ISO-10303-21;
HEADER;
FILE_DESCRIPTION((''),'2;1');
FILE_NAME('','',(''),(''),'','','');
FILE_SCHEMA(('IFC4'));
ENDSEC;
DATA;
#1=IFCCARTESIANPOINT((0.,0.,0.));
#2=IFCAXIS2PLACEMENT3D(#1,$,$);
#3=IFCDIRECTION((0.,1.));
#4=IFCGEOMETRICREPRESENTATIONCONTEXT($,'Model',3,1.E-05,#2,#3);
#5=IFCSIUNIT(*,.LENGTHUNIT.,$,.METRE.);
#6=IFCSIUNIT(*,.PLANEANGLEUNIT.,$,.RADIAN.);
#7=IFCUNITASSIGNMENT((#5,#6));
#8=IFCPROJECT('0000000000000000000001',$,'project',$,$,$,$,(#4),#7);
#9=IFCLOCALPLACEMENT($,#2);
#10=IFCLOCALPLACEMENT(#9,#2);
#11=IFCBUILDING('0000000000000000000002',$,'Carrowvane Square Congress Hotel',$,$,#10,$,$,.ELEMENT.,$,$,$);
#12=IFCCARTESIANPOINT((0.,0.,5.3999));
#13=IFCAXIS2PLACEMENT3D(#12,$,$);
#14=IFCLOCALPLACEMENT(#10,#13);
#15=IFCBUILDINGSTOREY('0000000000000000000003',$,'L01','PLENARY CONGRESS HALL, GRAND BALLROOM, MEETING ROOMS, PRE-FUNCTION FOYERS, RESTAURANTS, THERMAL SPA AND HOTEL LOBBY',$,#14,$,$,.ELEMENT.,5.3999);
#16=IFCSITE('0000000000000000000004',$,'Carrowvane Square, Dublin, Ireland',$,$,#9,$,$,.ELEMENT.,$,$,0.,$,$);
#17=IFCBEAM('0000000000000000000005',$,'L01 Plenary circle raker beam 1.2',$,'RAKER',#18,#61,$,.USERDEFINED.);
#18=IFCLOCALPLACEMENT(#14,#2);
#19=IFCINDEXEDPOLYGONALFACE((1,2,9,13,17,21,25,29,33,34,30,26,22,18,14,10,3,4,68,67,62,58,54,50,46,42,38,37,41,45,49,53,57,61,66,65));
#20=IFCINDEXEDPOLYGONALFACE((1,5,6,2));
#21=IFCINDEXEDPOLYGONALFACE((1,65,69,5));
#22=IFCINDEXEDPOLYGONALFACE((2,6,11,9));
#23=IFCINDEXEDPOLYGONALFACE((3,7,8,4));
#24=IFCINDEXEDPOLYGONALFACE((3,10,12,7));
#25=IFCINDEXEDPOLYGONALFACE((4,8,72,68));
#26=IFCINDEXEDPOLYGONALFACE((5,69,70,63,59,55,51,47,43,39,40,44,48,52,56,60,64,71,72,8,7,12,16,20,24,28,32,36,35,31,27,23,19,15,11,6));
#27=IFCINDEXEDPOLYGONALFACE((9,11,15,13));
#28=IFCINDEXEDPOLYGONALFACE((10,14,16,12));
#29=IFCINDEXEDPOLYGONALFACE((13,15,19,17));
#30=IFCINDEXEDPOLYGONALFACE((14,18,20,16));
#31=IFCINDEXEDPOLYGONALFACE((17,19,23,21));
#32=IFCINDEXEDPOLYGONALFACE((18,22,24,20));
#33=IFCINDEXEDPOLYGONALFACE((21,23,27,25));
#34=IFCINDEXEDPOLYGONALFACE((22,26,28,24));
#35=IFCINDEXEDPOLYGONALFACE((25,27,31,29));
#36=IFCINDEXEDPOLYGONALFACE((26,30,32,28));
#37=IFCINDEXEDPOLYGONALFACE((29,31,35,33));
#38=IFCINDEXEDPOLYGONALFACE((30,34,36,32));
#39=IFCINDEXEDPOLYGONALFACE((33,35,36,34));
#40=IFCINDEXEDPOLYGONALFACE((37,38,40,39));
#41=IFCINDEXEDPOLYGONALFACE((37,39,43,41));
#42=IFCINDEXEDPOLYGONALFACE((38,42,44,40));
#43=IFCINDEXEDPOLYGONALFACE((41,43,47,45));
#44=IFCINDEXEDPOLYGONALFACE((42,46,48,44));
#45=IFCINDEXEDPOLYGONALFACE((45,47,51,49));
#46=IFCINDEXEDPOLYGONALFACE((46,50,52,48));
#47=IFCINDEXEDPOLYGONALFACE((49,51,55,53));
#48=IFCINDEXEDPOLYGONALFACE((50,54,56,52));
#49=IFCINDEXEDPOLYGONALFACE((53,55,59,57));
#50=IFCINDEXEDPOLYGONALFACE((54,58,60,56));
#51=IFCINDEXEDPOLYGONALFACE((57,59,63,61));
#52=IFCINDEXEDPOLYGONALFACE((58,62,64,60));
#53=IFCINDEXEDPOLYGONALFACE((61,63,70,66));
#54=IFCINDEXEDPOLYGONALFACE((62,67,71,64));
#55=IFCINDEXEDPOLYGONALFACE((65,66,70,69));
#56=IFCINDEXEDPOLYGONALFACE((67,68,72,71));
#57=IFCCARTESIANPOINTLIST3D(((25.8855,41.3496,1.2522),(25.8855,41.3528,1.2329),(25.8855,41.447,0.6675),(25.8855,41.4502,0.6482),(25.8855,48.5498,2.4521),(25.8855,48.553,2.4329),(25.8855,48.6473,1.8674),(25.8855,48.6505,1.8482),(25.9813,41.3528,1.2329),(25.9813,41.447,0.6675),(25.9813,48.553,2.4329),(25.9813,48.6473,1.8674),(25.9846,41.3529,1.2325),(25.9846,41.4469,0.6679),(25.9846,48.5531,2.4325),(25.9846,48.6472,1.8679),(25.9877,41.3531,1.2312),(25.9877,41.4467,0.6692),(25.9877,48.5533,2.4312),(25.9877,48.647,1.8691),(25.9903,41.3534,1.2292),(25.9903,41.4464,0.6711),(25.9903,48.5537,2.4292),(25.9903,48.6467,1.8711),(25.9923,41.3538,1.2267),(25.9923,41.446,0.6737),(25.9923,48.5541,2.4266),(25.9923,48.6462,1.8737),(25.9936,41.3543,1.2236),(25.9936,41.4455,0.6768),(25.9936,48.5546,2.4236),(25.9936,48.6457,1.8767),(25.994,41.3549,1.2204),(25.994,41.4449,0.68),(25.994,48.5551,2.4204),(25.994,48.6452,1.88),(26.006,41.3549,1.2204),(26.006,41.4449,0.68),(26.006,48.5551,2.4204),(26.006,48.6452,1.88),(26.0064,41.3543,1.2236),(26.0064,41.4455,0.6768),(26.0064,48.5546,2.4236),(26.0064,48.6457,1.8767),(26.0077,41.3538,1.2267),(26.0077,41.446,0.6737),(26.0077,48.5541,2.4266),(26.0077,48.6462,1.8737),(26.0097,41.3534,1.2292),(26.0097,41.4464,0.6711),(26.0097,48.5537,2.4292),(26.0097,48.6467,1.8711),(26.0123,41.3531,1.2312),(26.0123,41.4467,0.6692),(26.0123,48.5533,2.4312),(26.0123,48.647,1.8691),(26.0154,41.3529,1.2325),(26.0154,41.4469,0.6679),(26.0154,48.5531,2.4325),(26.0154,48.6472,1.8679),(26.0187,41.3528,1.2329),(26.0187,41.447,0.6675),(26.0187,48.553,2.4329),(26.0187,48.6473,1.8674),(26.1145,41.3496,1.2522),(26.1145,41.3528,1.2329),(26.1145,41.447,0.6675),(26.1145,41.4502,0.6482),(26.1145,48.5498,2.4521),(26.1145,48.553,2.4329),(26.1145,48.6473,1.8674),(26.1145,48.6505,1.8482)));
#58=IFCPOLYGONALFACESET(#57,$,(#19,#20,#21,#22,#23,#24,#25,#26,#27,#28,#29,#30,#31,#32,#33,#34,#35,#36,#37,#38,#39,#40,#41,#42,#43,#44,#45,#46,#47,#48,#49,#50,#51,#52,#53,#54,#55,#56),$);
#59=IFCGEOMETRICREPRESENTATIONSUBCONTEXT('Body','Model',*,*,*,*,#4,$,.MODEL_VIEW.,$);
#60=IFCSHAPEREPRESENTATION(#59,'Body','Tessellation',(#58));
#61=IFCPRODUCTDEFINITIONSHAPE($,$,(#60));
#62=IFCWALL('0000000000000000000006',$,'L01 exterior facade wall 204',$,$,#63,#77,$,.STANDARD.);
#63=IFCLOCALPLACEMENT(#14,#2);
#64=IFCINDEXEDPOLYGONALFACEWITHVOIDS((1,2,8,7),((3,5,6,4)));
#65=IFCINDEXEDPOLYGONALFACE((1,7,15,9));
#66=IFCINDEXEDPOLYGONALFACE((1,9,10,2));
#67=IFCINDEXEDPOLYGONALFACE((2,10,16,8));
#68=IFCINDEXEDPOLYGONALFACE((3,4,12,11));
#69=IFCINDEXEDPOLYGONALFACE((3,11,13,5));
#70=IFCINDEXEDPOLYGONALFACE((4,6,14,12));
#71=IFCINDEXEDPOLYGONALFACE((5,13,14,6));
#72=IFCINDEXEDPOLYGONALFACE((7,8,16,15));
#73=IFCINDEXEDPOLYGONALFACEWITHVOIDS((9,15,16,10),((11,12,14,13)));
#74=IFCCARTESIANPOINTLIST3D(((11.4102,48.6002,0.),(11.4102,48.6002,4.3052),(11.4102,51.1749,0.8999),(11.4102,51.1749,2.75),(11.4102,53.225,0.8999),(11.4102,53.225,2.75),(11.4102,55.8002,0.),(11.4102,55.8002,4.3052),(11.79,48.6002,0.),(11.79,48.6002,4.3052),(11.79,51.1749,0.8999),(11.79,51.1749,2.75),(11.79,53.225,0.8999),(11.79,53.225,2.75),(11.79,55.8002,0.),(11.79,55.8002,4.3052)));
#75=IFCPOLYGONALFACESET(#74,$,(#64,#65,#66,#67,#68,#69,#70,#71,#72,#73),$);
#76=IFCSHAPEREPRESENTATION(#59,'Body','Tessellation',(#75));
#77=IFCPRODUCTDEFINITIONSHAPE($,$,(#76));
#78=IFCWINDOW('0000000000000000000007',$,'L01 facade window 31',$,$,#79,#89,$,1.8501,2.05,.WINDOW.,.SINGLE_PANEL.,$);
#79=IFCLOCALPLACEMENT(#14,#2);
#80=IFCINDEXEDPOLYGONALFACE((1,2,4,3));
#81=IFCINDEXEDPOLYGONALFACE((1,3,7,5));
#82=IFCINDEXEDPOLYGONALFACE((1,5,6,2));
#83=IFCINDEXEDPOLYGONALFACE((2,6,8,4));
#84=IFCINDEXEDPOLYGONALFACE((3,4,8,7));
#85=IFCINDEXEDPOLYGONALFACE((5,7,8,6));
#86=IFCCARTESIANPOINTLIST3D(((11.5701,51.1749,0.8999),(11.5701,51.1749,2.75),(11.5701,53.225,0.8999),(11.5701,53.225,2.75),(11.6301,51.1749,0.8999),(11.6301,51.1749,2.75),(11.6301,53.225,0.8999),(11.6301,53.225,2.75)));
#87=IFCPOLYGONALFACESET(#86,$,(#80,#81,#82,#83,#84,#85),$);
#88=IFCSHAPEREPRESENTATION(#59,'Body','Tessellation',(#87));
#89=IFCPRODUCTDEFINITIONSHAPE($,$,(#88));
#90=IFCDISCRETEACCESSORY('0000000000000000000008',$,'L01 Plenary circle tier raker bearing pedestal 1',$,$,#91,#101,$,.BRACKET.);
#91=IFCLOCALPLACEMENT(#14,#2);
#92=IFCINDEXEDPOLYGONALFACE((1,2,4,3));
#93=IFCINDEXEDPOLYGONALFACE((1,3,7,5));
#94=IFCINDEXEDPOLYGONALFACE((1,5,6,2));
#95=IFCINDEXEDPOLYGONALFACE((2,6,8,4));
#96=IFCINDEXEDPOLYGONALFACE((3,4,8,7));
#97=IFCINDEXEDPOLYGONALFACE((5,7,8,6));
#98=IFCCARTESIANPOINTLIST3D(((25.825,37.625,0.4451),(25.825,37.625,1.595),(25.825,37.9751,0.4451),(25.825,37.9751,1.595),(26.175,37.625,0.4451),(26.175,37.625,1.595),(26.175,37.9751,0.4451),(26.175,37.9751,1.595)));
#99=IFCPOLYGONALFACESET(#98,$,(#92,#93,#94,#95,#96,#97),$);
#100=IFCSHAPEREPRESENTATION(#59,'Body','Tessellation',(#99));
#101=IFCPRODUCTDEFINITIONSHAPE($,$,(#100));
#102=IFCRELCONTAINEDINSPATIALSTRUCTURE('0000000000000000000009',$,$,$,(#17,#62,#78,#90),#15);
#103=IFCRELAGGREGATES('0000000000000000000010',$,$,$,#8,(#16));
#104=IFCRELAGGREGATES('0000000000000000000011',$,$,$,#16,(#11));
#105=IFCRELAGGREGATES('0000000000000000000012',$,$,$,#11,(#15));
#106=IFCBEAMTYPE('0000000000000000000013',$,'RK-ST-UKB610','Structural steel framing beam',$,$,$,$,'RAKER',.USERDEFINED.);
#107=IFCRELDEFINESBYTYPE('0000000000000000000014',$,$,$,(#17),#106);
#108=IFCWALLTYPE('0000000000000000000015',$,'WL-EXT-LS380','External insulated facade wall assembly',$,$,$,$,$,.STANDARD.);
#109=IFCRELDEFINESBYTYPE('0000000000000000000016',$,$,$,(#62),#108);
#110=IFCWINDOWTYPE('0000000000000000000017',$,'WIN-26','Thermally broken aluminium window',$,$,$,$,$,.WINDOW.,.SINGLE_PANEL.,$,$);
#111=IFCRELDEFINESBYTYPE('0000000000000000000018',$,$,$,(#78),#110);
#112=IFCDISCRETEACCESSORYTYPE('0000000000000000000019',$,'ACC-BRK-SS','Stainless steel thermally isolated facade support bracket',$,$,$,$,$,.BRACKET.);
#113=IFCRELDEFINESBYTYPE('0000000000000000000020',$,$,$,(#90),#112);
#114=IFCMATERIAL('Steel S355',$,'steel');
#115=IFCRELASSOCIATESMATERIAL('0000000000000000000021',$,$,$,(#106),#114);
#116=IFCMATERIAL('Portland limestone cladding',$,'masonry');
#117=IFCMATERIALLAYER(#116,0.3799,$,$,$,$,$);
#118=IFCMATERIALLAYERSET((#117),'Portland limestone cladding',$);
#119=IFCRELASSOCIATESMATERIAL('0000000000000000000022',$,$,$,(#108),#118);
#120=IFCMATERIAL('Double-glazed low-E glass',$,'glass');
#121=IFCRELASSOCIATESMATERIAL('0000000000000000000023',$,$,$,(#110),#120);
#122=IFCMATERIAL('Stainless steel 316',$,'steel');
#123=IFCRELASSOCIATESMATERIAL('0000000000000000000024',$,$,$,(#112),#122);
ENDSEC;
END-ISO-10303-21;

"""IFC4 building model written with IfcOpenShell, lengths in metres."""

from ifc_helpers import new_model, si_unit, direction, frame, frame_2d, origin, origin_2d, place, context, subcontext, project, spatial, rectangle, i_section, extrude, material, layer, layer_set, material_profile, profile_set, type_object, element, fill, save


model = new_model("IFC4")

# Units and contexts
model_context = context("Model", 3, precision=1e-05, world=origin(), true_north=direction((0.0, 1.0)))
body_context = subcontext(model_context, "Body", "Model", "MODEL_VIEW")
ifc_project = project(units=[si_unit("LENGTHUNIT", "METRE"), si_unit("PLANEANGLEUNIT", "RADIAN")], contexts=[model_context])

# Site, building, storey
site_placement = place(None, origin())
site = spatial("IfcSite", under=ifc_project, at=site_placement, Name="Carrowvane Square, Dublin, Ireland", CompositionType="ELEMENT", RefElevation=0.0)
building_placement = place(site_placement, origin())
building = spatial("IfcBuilding", under=site, at=building_placement, Name="Carrowvane Square Congress Hotel", CompositionType="ELEMENT")
storey_placement = place(building_placement, frame((0.0, 0.0, 5.3999)))
storey = spatial("IfcBuildingStorey", under=building, at=storey_placement, Name="L01", Description="PLENARY CONGRESS HALL, GRAND BALLROOM, MEETING ROOMS, PRE-FUNCTION FOYERS, RESTAURANTS, THERMAL SPA AND HOTEL LOBBY", CompositionType="ELEMENT", Elevation=5.3999)

# Beam
ifc_material_1 = material(Name="Steel S355", Category="steel")
ifc_material_profile_1 = material_profile(ifc_material_1, i_section(OverallWidth=0.229, OverallDepth=0.6123, WebThickness=0.012, FlangeThickness=0.0195, FilletRadius=0.0127, at=origin_2d()), Name="UKB 610x229x125")
ifc_profile_set_1 = profile_set([ifc_material_profile_1], Name="Steel S355")
beam_type_1 = type_object("IfcBeamType", Name="RK-ST-UKB610", Description="Structural steel framing beam", ElementType="RAKER", PredefinedType="USERDEFINED", material=ifc_profile_set_1)
beam_1_placement = place(storey_placement, frame((26.0, 41.3999, 0.9502), z_axis=(0.0, 0.986396, 0.164388), x_axis=(-1.0, 0.0, 0.0)))
element("IfcBeam", 1, at=beam_1_placement, inside=storey, type_object=beam_type_1, Name="L01 Plenary circle raker beam 1.2", ObjectType="RAKER", PredefinedType="USERDEFINED", context=body_context, shape_type="SweptSolid", body=[
    extrude(i_section(OverallWidth=0.229, OverallDepth=0.6123, WebThickness=0.012, FlangeThickness=0.0195, FilletRadius=0.0127, at=origin_2d()), origin(), (0.0, 0.0, 1.0), 7.2996),
])

# Wall, opening, window
ifc_material_2 = material(Name="Portland limestone cladding", Category="masonry")
ifc_layer = layer(ifc_material_2, 0.3799)
ifc_layer_set = layer_set([ifc_layer], Name="Portland limestone cladding")
wall_type = type_object("IfcWallType", Name="WL-EXT-LS380", Description="External insulated facade wall assembly", PredefinedType="STANDARD", material=ifc_layer_set)
wall_placement = place(storey_placement, frame((11.6001, 48.6001, 0.0), z_axis=(0.0, 0.0, 1.0), x_axis=(0.0, 1.0, 0.0)))
wall = element("IfcWall", 2, at=wall_placement, inside=storey, type_object=wall_type, Name="L01 exterior facade wall 204", PredefinedType="STANDARD", context=body_context, shape_type="SweptSolid", body=[
    extrude(rectangle(XDim=7.2, YDim=0.3799, at=frame_2d((3.6001, 0.0))), origin(), (0.0, 0.0, 1.0), 4.3052),
])
opening_placement = place(wall_placement, frame((2.575, 0.0, 0.8999)))
opening = element("IfcOpeningElement", 3, at=opening_placement, cuts=wall, PredefinedType="OPENING", context=body_context, shape_type="SweptSolid", body=[
    extrude(rectangle(XDim=2.05, YDim=1.8501, at=frame_2d((1.0249, 0.925))), frame((0.0, 0.2, 0.0), z_axis=(0.0, -1.0, 0.0), x_axis=(1.0, 0.0, 0.0)), (0.0, 0.0, 1.0), 0.3999),
])
ifc_material_3 = material(Name="Double-glazed low-E glass", Category="glass")
window_type = type_object("IfcWindowType", Name="WIN-26", Description="Thermally broken aluminium window", PartitioningType="SINGLE_PANEL", PredefinedType="WINDOW", material=ifc_material_3)
window_placement = place(opening_placement, origin())
window = element("IfcWindow", 4, at=window_placement, inside=storey, type_object=window_type, Name="L01 facade window 31", OverallHeight=1.8501, OverallWidth=2.05, PartitioningType="SINGLE_PANEL", PredefinedType="WINDOW", context=body_context, shape_type="SweptSolid", body=[
    extrude(rectangle(XDim=2.05, YDim=1.8501, at=frame_2d((1.0249, 0.925))), frame((0.0, 0.03, 0.0), z_axis=(0.0, -1.0, 0.0), x_axis=(1.0, 0.0, 0.0)), (0.0, 0.0, 1.0), 0.0601),
])
fill(opening, window)

# Discrete accessory
ifc_material_4 = material(Name="Stainless steel 316", Category="steel")
discrete_accessory_type = type_object("IfcDiscreteAccessoryType", Name="ACC-BRK-SS", Description="Stainless steel thermally isolated facade support bracket", PredefinedType="BRACKET", material=ifc_material_4)
discrete_accessory_placement = place(storey_placement, frame((26.0, 37.8, 0.4451), z_axis=(0.0, 0.0, 1.0), x_axis=(1.0, 0.0, 0.0)))
element("IfcDiscreteAccessory", 5, at=discrete_accessory_placement, inside=storey, type_object=discrete_accessory_type, Name="L01 Plenary circle tier raker bearing pedestal 1", PredefinedType="BRACKET", context=body_context, shape_type="SweptSolid", body=[
    extrude(rectangle(XDim=0.3501, YDim=0.3501, at=origin_2d()), origin(), (0.0, 0.0, 1.0), 1.1499),
])

save(model, "model.ifc")
